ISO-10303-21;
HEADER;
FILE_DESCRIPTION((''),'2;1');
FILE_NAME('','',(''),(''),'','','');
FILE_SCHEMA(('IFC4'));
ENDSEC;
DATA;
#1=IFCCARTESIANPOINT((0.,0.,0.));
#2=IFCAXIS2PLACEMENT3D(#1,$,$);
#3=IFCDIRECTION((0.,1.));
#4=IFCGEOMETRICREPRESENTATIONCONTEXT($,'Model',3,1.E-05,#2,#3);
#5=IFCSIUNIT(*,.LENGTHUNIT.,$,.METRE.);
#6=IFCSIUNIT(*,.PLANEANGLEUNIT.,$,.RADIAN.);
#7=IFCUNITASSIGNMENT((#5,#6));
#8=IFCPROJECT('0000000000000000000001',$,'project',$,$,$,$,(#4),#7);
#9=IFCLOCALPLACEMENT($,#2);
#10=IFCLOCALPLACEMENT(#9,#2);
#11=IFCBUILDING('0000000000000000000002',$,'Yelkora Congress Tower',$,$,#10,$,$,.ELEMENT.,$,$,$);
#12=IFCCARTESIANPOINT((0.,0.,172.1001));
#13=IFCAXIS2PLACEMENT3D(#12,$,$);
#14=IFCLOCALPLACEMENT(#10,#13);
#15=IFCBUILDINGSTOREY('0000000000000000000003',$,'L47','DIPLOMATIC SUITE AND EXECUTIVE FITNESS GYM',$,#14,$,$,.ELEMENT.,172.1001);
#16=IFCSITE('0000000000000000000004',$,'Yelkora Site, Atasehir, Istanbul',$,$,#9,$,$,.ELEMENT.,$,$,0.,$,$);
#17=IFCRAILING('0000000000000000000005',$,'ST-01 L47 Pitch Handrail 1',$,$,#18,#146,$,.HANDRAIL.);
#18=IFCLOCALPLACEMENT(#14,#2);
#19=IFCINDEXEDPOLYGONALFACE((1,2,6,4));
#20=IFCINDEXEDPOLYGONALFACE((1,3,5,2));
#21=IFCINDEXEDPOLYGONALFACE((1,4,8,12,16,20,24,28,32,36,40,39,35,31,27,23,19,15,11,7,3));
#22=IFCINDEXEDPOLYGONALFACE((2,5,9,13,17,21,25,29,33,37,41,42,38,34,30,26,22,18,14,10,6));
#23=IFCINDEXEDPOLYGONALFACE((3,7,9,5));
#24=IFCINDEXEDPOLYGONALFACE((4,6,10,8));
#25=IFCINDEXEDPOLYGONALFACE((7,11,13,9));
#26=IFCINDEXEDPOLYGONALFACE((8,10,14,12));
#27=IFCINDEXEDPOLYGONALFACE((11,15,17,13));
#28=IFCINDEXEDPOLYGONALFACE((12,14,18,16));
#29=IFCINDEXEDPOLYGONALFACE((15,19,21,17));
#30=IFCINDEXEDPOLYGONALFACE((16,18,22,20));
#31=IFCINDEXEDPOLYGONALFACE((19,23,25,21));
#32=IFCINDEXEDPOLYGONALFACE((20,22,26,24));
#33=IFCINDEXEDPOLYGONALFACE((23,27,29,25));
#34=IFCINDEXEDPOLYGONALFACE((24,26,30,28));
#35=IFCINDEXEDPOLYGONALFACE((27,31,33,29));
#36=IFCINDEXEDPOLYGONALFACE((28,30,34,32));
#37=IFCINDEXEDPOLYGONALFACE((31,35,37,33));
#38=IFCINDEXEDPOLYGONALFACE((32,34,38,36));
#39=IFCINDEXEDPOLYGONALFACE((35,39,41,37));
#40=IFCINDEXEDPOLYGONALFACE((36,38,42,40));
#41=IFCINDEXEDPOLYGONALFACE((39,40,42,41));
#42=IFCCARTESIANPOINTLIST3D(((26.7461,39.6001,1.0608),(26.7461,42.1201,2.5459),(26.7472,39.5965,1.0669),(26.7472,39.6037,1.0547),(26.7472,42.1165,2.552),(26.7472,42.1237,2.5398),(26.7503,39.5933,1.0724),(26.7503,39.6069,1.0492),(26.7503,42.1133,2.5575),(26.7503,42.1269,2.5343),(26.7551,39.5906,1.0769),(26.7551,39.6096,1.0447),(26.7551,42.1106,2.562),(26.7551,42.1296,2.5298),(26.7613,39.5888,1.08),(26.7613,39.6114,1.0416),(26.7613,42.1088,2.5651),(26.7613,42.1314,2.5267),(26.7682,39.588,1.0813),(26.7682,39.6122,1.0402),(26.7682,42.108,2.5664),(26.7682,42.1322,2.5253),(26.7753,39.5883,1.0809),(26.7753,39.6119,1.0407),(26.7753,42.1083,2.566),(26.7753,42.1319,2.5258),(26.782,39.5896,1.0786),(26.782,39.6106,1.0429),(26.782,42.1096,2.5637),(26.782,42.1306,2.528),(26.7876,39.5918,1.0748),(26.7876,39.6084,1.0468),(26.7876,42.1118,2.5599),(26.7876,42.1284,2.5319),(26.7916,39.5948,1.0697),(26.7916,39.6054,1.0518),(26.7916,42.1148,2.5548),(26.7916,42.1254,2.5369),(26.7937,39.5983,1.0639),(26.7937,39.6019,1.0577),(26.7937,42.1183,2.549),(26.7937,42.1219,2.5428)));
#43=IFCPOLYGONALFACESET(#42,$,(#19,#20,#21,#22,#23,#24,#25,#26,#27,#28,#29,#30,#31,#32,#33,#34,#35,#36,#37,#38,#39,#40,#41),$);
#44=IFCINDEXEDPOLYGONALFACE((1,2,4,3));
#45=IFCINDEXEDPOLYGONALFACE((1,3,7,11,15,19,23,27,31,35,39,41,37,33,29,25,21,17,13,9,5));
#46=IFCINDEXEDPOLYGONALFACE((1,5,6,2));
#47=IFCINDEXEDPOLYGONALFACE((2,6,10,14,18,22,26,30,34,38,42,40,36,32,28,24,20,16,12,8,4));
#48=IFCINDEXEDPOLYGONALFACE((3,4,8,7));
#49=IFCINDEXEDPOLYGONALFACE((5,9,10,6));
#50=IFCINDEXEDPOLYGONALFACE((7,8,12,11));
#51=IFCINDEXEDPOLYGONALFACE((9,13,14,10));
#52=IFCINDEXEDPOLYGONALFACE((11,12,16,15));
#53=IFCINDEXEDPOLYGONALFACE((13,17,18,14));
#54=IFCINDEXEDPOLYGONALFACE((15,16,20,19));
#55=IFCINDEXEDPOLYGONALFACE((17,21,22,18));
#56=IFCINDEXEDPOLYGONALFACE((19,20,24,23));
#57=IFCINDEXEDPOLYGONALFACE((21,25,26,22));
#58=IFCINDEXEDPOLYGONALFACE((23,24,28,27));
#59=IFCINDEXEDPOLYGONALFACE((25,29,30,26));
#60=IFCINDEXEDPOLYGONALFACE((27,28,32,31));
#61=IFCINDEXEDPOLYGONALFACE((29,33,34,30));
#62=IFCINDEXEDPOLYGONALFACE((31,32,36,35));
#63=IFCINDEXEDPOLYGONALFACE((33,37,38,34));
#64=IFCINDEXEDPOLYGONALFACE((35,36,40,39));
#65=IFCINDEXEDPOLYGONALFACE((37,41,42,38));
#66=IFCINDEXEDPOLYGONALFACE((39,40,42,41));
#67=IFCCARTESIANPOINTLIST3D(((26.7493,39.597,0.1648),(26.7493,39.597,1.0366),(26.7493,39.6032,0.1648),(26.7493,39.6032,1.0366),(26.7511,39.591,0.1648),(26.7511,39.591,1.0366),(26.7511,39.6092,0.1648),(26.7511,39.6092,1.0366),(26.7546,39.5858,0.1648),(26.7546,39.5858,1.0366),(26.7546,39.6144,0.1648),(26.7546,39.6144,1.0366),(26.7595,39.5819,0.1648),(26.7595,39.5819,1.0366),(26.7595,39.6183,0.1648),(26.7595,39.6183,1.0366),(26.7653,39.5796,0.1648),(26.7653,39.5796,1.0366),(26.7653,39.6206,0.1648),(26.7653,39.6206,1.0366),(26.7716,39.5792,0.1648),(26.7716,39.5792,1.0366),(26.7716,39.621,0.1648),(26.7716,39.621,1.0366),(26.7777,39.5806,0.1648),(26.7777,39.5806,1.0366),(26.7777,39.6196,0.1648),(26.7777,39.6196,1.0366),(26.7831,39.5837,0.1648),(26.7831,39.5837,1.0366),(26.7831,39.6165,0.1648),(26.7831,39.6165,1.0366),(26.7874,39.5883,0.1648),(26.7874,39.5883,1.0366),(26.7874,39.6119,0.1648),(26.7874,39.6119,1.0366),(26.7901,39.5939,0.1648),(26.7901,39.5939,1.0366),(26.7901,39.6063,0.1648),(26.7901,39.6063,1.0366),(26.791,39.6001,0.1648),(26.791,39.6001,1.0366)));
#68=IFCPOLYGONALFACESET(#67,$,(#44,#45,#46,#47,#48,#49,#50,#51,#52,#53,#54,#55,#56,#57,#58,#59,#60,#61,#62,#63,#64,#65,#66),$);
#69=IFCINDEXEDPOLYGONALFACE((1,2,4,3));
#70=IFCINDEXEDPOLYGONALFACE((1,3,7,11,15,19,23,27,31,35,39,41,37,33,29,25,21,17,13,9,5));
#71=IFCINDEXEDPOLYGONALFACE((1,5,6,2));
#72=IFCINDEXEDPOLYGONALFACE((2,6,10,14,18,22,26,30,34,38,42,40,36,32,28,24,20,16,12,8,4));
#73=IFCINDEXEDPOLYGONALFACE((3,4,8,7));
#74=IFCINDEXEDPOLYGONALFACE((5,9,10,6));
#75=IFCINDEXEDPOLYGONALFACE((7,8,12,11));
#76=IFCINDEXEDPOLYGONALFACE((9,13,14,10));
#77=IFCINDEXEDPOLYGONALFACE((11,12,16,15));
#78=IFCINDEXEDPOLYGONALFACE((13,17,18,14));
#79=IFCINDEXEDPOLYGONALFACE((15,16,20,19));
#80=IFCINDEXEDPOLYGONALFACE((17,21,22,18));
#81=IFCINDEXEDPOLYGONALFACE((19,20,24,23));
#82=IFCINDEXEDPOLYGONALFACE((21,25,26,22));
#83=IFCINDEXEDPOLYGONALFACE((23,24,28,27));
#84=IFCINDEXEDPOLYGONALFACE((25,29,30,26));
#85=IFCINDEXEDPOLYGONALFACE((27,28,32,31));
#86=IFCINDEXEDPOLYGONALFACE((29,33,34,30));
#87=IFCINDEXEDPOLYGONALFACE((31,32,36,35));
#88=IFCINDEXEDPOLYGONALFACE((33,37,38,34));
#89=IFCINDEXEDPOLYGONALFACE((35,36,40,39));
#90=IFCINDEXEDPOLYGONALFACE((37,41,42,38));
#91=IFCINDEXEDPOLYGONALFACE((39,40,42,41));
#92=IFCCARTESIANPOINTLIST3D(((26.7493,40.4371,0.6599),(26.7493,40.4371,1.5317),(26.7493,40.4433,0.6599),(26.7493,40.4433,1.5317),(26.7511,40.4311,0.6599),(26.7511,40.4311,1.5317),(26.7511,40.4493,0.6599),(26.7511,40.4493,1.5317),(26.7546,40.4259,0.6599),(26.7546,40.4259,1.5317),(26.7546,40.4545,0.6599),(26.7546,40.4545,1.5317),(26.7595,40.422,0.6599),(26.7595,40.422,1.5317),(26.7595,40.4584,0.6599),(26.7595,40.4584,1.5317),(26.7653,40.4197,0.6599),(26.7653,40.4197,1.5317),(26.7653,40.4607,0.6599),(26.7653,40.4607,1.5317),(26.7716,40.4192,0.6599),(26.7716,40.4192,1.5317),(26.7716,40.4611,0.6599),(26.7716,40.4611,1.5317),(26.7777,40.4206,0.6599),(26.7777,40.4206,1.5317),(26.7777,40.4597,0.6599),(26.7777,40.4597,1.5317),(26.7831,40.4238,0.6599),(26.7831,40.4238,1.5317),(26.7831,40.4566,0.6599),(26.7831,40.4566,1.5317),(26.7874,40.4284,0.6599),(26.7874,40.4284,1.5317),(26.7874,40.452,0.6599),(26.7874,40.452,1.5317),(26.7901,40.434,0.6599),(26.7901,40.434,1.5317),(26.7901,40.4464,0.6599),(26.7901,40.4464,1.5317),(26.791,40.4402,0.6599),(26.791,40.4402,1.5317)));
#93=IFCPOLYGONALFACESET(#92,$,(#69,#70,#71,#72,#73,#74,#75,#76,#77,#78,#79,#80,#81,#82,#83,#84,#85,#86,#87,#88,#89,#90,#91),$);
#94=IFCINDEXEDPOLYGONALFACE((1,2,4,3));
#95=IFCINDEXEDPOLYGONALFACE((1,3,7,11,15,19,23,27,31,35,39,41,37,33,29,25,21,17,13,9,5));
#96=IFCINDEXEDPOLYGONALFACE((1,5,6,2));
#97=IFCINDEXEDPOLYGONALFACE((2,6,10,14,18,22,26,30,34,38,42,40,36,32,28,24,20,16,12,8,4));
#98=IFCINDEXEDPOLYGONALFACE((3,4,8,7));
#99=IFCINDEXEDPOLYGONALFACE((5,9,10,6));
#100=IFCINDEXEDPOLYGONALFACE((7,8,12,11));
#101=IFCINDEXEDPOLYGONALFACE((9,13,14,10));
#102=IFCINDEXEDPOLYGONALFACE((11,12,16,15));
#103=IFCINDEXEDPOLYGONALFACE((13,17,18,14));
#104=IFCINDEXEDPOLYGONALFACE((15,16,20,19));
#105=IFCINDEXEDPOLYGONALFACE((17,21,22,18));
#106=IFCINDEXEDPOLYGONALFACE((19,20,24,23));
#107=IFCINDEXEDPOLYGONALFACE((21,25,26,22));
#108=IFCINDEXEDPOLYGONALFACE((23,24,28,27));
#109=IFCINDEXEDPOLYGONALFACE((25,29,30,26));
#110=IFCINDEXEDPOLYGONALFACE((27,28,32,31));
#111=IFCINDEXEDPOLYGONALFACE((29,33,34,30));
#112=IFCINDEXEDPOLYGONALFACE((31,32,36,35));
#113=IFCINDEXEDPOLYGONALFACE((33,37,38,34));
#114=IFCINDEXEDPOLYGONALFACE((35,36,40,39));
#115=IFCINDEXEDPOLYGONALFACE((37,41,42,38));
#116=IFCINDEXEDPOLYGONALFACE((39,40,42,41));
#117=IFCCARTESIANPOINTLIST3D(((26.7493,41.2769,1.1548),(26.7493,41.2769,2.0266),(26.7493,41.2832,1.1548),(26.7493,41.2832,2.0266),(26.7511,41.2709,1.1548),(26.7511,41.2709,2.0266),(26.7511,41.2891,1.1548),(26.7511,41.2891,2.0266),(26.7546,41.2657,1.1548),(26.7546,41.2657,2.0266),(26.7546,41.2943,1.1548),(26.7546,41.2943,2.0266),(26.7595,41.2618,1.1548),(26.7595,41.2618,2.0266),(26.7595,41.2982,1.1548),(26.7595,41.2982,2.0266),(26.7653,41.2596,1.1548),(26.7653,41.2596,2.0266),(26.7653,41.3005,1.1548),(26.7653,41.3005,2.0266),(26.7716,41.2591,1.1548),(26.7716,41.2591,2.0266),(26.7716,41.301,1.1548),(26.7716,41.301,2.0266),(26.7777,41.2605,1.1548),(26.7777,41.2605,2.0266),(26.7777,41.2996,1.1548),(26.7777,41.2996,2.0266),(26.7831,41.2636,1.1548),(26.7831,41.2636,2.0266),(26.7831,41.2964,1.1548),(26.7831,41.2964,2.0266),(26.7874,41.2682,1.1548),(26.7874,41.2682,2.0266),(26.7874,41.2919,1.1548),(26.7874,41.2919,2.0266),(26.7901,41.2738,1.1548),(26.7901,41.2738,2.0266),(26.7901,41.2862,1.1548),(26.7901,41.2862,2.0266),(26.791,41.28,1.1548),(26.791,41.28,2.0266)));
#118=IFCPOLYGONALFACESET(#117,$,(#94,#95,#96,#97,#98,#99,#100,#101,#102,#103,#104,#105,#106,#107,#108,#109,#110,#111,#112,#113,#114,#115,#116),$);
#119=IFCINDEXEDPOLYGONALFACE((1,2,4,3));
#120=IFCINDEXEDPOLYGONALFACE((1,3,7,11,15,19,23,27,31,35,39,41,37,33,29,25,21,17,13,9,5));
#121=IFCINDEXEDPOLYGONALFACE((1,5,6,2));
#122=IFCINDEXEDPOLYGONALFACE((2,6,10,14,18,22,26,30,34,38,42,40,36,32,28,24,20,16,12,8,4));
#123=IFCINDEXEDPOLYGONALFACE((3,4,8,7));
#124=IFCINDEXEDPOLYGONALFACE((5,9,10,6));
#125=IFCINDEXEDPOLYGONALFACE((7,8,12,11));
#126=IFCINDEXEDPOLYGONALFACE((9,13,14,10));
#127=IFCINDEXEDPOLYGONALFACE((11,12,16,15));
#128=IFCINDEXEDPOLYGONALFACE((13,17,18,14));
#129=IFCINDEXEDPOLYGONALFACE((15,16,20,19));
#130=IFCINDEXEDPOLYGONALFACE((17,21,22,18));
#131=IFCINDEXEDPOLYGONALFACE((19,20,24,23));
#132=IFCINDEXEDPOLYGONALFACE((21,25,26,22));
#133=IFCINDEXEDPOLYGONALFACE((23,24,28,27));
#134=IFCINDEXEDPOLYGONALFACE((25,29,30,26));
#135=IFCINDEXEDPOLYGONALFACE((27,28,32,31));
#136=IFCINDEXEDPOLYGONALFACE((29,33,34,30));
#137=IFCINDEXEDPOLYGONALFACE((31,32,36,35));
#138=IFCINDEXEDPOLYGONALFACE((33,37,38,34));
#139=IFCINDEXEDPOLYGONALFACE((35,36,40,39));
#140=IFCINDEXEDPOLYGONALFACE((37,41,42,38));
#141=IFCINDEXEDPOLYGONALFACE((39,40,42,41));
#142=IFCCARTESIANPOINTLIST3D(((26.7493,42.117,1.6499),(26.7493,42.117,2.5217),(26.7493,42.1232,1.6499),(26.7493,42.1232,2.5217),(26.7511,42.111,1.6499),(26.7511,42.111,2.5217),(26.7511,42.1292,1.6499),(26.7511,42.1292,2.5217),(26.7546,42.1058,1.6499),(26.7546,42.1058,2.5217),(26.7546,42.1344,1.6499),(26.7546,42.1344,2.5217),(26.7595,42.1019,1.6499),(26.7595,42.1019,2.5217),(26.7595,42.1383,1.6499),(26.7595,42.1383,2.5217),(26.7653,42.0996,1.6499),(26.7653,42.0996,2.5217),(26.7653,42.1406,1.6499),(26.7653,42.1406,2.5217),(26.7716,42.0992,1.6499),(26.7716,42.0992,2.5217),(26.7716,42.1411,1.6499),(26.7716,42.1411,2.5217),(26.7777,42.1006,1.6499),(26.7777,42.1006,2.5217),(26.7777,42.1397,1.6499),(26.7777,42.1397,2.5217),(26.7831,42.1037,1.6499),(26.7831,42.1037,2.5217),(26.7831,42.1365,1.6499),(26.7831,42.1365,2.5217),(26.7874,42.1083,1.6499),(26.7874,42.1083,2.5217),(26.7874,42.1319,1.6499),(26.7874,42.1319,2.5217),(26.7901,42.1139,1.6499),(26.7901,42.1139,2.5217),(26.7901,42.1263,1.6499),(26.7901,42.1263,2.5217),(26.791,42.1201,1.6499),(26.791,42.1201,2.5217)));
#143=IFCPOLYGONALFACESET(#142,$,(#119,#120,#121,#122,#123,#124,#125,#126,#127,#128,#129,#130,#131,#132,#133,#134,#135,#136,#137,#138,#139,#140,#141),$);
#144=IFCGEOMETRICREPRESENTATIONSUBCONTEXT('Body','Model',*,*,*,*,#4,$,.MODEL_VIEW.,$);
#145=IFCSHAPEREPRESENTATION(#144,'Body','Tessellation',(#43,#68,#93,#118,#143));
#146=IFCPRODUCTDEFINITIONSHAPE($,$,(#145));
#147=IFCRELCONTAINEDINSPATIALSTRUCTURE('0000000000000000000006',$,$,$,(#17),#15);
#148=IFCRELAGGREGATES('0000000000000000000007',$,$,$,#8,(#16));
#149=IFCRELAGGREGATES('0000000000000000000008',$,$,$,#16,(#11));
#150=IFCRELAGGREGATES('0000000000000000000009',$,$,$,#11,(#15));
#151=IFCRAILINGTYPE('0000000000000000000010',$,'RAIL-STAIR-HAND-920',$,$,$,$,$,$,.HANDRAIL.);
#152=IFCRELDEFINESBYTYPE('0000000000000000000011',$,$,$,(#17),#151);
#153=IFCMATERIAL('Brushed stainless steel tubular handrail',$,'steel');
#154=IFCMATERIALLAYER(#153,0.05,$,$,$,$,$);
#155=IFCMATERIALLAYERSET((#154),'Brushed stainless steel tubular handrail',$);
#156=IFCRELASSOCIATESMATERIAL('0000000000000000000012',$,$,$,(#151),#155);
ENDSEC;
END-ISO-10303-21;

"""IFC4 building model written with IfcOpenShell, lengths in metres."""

from ifc_helpers import new_model, si_unit, direction, frame, origin, origin_2d, place, context, subcontext, project, spatial, circle, extrude, material, layer, layer_set, type_object, element, save


model = new_model("IFC4")

# Units and contexts
model_context = context("Model", 3, precision=1e-05, world=origin(), true_north=direction((0.0, 1.0)))
body_context = subcontext(model_context, "Body", "Model", "MODEL_VIEW")
ifc_project = project(units=[si_unit("LENGTHUNIT", "METRE"), si_unit("PLANEANGLEUNIT", "RADIAN")], contexts=[model_context])

# Site, building, storey
site_placement = place(None, origin())
site = spatial("IfcSite", under=ifc_project, at=site_placement, Name="Yelkora Site, Atasehir, Istanbul", CompositionType="ELEMENT", RefElevation=0.0)
building_placement = place(site_placement, origin())
building = spatial("IfcBuilding", under=site, at=building_placement, Name="Yelkora Congress Tower", CompositionType="ELEMENT")
storey_placement = place(building_placement, frame((0.0, 0.0, 172.1001)))
storey = spatial("IfcBuildingStorey", under=building, at=storey_placement, Name="L47", Description="DIPLOMATIC SUITE AND EXECUTIVE FITNESS GYM", CompositionType="ELEMENT", Elevation=172.1001)

# Railing
ifc_material_1 = material(Name="Brushed stainless steel tubular handrail", Category="steel")
ifc_layer_1 = layer(ifc_material_1, 0.05)
ifc_layer_set_1 = layer_set([ifc_layer_1], Name="Brushed stainless steel tubular handrail")
railing_type_1 = type_object("IfcRailingType", Name="RAIL-STAIR-HAND-920", PredefinedType="HANDRAIL", material=ifc_layer_set_1)
railing_1_placement = place(storey_placement, frame((26.77, 39.6001, 0.1648)))
element("IfcRailing", 1, at=railing_1_placement, inside=storey, type_object=railing_type_1, Name="ST-01 L47 Pitch Handrail 1", PredefinedType="HANDRAIL", context=body_context, shape_type="SweptSolid", body=[
    extrude(circle(Radius=0.0239, at=origin_2d()), frame((0.0, 0.0, 0.896), z_axis=(0.0, 0.861524, 0.507717), x_axis=(-1.0, 0.0, 0.0)), (0.0, 0.0, 1.0), 2.925),
    extrude(circle(Radius=0.021, at=origin_2d()), origin(), (0.0, 0.0, 1.0), 0.8718),
    extrude(circle(Radius=0.021, at=origin_2d()), frame((0.0, 0.8401, 0.4951)), (0.0, 0.0, 1.0), 0.8718),
    extrude(circle(Radius=0.021, at=origin_2d()), frame((0.0, 1.6799, 0.99)), (0.0, 0.0, 1.0), 0.8718),
    extrude(circle(Radius=0.021, at=origin_2d()), frame((0.0, 2.52, 1.4851)), (0.0, 0.0, 1.0), 0.8718),
])

save(model, "model.ifc")
